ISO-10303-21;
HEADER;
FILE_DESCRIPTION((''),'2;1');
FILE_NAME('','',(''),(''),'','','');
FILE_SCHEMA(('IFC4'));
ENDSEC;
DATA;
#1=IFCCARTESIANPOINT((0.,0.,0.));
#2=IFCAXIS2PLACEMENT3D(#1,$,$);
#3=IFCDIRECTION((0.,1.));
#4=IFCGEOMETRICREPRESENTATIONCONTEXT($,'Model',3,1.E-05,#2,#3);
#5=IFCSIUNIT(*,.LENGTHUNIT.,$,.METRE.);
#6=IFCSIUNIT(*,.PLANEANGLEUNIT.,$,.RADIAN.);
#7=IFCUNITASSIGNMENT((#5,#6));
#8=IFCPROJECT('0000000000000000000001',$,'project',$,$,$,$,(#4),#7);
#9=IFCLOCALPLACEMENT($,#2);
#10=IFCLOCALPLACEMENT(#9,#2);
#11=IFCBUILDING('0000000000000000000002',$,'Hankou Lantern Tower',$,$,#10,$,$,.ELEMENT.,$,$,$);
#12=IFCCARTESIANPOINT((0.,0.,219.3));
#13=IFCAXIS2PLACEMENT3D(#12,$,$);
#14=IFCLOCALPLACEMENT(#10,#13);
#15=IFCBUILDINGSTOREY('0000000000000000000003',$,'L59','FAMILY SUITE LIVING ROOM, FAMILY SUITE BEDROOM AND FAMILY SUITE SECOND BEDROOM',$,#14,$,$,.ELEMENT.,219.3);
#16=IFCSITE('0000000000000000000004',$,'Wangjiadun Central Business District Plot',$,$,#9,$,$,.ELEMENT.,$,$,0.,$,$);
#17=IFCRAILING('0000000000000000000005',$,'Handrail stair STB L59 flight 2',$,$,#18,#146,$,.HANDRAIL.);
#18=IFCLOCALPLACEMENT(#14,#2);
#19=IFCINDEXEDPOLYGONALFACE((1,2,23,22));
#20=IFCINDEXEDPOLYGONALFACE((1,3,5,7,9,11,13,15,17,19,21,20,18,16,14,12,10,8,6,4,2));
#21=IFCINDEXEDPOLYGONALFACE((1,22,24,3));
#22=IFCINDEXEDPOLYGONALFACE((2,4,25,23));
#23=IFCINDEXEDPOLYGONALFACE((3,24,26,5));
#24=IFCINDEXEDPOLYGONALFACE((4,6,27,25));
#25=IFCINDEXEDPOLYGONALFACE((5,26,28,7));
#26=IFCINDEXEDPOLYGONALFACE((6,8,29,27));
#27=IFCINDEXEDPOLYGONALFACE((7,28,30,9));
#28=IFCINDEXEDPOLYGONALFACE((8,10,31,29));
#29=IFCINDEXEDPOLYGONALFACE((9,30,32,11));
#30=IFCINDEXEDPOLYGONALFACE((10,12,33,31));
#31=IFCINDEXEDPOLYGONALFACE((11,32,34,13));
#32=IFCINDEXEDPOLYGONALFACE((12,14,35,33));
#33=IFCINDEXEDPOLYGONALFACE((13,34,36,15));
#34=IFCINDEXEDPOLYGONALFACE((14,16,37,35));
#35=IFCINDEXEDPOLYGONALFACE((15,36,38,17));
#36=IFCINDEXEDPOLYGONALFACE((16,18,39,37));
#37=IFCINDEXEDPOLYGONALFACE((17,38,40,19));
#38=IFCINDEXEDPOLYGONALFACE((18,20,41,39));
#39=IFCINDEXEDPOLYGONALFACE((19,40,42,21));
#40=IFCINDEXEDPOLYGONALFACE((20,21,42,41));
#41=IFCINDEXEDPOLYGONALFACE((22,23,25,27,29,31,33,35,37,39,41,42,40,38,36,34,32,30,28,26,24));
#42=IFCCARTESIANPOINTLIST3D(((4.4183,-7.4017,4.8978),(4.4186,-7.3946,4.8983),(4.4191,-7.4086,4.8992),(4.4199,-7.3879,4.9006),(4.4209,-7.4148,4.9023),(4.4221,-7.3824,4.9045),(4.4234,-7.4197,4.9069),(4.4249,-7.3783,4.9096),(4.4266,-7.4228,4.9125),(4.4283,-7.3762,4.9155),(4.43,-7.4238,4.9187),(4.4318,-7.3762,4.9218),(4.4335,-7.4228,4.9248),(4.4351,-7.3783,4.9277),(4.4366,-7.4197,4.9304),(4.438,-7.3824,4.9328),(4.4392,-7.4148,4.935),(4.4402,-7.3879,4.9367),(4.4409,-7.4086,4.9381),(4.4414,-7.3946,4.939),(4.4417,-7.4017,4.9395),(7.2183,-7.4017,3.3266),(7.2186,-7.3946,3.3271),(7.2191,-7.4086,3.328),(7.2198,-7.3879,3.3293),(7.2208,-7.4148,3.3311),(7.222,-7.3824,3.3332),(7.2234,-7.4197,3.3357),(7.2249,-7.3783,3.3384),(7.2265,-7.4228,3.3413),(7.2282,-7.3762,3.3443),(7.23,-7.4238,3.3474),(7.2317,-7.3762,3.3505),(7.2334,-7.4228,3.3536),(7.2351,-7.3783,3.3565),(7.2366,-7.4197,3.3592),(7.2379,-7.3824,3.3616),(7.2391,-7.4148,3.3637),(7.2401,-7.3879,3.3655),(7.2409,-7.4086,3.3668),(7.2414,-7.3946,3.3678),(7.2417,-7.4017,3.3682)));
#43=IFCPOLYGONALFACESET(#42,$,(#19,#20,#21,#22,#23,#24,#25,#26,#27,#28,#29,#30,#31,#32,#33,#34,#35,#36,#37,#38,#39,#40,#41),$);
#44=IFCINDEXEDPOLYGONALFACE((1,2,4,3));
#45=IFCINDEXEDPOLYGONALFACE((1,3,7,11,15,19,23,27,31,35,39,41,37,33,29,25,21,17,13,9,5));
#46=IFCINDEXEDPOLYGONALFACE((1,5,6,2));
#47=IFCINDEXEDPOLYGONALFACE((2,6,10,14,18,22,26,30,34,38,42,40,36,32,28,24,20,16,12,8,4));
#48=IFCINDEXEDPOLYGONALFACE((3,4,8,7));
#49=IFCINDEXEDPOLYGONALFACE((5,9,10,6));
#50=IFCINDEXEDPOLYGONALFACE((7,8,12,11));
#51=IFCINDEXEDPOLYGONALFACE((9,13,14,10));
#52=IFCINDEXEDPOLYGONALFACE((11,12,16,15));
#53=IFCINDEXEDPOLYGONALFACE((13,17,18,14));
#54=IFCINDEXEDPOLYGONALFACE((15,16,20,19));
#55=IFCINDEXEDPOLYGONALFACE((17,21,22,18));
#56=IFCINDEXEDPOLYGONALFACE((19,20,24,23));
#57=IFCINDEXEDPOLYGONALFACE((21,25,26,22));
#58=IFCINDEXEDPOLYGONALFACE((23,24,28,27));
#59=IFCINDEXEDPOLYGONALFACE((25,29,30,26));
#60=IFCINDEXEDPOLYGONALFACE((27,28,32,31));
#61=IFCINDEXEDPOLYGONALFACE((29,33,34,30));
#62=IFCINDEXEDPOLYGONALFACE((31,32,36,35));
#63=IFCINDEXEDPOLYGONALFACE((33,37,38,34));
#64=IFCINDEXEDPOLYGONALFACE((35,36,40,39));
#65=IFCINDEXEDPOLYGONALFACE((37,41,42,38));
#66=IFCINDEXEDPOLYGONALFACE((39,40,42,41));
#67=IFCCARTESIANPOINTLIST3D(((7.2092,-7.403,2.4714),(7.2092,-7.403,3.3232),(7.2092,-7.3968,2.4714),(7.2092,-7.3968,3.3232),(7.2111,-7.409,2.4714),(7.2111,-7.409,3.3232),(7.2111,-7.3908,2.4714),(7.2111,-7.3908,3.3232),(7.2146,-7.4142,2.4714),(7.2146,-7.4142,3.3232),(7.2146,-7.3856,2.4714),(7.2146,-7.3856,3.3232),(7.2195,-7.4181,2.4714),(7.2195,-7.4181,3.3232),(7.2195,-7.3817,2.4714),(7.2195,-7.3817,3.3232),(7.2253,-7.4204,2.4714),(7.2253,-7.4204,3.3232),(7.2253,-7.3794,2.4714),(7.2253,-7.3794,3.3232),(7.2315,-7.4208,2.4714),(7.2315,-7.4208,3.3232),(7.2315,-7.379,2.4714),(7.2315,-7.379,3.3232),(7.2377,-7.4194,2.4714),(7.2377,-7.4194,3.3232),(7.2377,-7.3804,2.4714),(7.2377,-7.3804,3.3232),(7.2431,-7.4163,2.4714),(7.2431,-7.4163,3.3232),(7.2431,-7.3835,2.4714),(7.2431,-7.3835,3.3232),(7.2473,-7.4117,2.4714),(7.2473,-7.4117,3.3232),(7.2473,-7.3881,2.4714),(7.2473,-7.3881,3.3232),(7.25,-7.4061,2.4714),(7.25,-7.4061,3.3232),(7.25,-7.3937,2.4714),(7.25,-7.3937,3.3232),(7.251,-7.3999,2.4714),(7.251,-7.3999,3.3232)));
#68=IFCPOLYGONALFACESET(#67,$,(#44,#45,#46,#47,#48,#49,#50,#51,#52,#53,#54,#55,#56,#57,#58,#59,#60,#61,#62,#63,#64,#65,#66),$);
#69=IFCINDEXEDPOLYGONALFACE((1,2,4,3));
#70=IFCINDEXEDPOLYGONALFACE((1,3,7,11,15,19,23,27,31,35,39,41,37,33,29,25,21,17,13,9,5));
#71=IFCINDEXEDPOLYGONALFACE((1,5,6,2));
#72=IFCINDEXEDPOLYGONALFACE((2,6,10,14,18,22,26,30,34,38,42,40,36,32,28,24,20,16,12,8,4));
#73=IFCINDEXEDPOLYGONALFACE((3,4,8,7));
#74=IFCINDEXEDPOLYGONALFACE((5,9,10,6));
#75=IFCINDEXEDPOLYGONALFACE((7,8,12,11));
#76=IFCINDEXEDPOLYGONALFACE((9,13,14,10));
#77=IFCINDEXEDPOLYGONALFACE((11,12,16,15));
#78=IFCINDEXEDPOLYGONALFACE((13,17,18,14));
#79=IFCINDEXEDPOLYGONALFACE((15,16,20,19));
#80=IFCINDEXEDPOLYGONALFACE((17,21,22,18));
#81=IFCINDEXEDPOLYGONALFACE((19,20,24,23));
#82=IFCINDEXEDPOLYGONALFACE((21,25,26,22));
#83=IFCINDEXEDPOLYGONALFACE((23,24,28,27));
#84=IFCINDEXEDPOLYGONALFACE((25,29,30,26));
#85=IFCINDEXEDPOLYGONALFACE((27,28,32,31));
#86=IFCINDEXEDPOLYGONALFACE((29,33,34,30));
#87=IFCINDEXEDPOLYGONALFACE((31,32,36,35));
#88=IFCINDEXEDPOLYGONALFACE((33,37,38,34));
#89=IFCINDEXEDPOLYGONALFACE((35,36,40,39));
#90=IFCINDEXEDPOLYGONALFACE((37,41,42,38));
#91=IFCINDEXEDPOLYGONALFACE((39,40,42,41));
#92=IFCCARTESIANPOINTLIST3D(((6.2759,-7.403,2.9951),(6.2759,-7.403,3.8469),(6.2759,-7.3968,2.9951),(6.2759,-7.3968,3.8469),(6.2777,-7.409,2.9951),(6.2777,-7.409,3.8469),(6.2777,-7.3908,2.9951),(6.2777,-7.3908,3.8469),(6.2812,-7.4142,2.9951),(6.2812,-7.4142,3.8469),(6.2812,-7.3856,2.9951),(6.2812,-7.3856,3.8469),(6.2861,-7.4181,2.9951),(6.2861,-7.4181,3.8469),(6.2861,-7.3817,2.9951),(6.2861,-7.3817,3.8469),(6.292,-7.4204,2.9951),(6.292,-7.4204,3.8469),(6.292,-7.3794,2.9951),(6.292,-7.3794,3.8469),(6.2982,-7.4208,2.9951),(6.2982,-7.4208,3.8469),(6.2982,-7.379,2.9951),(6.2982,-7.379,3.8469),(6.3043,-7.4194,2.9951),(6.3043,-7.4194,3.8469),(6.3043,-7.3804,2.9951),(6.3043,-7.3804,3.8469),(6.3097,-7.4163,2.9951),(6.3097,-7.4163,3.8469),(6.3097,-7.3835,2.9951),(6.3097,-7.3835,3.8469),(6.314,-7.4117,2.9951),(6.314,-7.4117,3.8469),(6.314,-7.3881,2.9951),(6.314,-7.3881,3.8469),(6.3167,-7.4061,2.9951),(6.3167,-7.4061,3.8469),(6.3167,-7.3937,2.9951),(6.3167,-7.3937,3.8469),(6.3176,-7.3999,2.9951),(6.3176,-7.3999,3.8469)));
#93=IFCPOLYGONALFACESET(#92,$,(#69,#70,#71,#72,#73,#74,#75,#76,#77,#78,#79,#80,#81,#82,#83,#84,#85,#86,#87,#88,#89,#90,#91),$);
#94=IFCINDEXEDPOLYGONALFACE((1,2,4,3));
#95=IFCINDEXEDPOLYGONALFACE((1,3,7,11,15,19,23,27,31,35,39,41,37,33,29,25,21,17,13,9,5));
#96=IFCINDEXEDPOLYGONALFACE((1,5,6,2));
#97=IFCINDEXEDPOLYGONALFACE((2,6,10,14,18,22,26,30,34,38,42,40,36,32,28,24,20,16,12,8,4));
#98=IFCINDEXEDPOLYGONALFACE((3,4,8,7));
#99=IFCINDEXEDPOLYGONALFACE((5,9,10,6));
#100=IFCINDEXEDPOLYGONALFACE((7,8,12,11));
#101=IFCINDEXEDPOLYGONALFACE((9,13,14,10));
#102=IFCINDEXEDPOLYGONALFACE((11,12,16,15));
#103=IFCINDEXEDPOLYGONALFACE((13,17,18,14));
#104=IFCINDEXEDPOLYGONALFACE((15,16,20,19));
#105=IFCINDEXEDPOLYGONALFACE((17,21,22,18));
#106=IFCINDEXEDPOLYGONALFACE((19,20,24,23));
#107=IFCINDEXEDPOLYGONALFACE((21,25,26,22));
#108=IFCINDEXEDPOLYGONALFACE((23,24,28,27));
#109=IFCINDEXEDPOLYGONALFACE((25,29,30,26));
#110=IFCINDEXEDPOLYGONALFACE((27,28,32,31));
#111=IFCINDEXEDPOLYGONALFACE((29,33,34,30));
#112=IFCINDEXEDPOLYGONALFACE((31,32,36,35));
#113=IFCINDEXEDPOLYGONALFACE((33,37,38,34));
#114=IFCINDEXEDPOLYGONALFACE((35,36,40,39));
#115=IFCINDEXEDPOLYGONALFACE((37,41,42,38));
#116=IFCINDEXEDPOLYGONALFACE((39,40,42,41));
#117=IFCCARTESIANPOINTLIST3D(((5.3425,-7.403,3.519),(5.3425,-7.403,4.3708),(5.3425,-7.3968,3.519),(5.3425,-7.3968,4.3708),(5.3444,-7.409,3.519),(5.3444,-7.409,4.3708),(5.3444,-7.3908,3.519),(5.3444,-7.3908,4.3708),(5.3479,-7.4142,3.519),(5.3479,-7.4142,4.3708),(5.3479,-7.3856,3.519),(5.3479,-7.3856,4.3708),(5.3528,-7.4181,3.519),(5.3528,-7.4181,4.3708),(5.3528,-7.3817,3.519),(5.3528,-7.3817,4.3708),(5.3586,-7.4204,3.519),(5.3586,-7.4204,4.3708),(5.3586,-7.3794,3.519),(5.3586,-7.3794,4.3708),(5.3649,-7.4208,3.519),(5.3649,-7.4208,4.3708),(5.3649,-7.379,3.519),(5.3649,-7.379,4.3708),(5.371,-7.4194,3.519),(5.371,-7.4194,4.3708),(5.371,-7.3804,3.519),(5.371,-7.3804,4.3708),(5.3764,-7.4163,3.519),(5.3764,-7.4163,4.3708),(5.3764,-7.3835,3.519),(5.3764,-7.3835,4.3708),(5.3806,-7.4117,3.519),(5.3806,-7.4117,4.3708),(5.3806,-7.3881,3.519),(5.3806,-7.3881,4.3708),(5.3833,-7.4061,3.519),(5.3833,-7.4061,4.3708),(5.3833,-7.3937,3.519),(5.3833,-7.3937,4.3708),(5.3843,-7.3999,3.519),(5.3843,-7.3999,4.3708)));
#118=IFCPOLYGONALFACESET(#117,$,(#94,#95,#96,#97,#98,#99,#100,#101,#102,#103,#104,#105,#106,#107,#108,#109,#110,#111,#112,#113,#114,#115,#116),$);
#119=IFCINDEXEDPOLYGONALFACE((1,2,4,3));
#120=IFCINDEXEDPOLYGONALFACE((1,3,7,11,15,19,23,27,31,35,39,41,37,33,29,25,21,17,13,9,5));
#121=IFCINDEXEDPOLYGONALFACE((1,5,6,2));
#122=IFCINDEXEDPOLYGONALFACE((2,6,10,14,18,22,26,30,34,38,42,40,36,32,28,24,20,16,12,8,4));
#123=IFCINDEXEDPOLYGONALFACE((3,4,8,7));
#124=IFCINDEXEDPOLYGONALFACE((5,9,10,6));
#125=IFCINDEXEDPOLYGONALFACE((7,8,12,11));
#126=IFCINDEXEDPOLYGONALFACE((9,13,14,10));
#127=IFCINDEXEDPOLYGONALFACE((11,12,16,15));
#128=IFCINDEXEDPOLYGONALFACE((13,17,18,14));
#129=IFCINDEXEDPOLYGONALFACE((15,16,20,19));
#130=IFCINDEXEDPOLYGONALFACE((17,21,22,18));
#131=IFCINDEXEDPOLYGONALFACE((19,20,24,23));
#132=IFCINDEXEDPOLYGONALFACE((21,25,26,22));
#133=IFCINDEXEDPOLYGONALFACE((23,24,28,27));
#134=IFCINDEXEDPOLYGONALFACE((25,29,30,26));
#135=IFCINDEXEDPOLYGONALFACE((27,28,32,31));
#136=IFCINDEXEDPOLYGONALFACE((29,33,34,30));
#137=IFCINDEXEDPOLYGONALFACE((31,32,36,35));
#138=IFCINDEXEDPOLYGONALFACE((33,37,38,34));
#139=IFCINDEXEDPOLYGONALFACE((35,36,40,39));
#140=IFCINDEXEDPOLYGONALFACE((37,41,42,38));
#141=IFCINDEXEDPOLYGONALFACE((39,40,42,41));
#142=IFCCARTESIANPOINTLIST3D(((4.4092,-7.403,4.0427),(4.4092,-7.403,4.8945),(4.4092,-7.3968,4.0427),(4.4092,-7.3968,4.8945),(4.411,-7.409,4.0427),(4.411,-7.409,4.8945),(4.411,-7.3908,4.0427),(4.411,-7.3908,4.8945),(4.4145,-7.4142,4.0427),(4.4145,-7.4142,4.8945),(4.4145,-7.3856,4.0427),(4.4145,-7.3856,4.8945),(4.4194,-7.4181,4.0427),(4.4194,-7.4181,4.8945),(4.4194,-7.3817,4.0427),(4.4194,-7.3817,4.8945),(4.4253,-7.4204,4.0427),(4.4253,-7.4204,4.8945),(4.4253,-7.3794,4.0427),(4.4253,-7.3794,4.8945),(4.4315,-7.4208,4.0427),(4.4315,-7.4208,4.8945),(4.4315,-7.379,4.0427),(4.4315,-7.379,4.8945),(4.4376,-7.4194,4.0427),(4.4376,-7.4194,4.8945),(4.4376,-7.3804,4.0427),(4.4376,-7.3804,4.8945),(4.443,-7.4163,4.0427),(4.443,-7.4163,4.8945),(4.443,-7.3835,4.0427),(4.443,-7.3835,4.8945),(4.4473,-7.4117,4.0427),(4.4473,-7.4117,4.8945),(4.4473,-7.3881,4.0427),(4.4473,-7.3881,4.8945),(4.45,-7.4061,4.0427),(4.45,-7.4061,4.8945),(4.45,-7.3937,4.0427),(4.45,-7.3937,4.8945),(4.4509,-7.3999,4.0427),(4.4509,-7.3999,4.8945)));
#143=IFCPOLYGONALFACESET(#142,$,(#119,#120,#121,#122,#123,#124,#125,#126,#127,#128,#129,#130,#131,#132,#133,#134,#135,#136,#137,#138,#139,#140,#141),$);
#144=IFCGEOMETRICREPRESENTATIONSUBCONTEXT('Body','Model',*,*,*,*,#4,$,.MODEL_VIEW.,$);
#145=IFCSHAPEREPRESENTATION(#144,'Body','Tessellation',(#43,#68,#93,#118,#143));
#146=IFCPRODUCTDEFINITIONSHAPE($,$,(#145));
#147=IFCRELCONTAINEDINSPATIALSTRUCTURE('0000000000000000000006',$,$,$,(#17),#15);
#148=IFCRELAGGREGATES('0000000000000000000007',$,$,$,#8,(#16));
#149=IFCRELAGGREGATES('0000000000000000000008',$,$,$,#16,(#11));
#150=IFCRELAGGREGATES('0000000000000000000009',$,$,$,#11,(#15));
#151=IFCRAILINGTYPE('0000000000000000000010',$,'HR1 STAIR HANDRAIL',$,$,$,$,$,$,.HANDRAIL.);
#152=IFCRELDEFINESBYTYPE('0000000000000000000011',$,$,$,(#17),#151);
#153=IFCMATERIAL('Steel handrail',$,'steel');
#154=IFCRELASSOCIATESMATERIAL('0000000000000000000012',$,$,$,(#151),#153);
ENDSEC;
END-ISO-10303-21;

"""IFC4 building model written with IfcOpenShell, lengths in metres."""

from ifc_helpers import new_model, si_unit, direction, frame, origin, origin_2d, place, context, subcontext, project, spatial, circle, extrude, material, type_object, element, save


model = new_model("IFC4")

# Units and contexts
model_context = context("Model", 3, precision=1e-05, world=origin(), true_north=direction((0.0, 1.0)))
body_context = subcontext(model_context, "Body", "Model", "MODEL_VIEW")
ifc_project = project(units=[si_unit("LENGTHUNIT", "METRE"), si_unit("PLANEANGLEUNIT", "RADIAN")], contexts=[model_context])

# Site, building, storey
site_placement = place(None, origin())
site = spatial("IfcSite", under=ifc_project, at=site_placement, Name="Wangjiadun Central Business District Plot", CompositionType="ELEMENT", RefElevation=0.0)
building_placement = place(site_placement, origin())
building = spatial("IfcBuilding", under=site, at=building_placement, Name="Hankou Lantern Tower", CompositionType="ELEMENT")
storey_placement = place(building_placement, frame((0.0, 0.0, 219.3)))
storey = spatial("IfcBuildingStorey", under=building, at=storey_placement, Name="L59", Description="FAMILY SUITE LIVING ROOM, FAMILY SUITE BEDROOM AND FAMILY SUITE SECOND BEDROOM", CompositionType="ELEMENT", Elevation=219.3)

# Railing
ifc_material_1 = material(Name="Steel handrail", Category="steel")
railing_type = type_object("IfcRailingType", Name="HR1 STAIR HANDRAIL", PredefinedType="HANDRAIL", material=ifc_material_1)
railing_1_placement = place(storey_placement, frame((7.23, -7.3999, 2.4714)))
element("IfcRailing", 1, at=railing_1_placement, inside=storey, type_object=railing_type, Name="Handrail stair STB L59 flight 2", PredefinedType="HANDRAIL", context=body_context, shape_type="SweptSolid", body=[
    extrude(circle(Radius=0.0239, at=origin_2d()), frame((0.0, 0.0, 0.876), z_axis=(-0.872073, 0.0, 0.489377), x_axis=(0.0, -1.0, 0.0)), (0.0, 0.0, 1.0), 3.2107),
    extrude(circle(Radius=0.021, at=origin_2d()), origin(), (0.0, 0.0, 1.0), 0.8518),
    extrude(circle(Radius=0.021, at=origin_2d()), frame((-0.9333, 0.0, 0.5237)), (0.0, 0.0, 1.0), 0.8518),
    extrude(circle(Radius=0.021, at=origin_2d()), frame((-1.8667, 0.0, 1.0476)), (0.0, 0.0, 1.0), 0.8518),
    extrude(circle(Radius=0.021, at=origin_2d()), frame((-2.8, 0.0, 1.5713)), (0.0, 0.0, 1.0), 0.8518),
])

save(model, "model.ifc")
